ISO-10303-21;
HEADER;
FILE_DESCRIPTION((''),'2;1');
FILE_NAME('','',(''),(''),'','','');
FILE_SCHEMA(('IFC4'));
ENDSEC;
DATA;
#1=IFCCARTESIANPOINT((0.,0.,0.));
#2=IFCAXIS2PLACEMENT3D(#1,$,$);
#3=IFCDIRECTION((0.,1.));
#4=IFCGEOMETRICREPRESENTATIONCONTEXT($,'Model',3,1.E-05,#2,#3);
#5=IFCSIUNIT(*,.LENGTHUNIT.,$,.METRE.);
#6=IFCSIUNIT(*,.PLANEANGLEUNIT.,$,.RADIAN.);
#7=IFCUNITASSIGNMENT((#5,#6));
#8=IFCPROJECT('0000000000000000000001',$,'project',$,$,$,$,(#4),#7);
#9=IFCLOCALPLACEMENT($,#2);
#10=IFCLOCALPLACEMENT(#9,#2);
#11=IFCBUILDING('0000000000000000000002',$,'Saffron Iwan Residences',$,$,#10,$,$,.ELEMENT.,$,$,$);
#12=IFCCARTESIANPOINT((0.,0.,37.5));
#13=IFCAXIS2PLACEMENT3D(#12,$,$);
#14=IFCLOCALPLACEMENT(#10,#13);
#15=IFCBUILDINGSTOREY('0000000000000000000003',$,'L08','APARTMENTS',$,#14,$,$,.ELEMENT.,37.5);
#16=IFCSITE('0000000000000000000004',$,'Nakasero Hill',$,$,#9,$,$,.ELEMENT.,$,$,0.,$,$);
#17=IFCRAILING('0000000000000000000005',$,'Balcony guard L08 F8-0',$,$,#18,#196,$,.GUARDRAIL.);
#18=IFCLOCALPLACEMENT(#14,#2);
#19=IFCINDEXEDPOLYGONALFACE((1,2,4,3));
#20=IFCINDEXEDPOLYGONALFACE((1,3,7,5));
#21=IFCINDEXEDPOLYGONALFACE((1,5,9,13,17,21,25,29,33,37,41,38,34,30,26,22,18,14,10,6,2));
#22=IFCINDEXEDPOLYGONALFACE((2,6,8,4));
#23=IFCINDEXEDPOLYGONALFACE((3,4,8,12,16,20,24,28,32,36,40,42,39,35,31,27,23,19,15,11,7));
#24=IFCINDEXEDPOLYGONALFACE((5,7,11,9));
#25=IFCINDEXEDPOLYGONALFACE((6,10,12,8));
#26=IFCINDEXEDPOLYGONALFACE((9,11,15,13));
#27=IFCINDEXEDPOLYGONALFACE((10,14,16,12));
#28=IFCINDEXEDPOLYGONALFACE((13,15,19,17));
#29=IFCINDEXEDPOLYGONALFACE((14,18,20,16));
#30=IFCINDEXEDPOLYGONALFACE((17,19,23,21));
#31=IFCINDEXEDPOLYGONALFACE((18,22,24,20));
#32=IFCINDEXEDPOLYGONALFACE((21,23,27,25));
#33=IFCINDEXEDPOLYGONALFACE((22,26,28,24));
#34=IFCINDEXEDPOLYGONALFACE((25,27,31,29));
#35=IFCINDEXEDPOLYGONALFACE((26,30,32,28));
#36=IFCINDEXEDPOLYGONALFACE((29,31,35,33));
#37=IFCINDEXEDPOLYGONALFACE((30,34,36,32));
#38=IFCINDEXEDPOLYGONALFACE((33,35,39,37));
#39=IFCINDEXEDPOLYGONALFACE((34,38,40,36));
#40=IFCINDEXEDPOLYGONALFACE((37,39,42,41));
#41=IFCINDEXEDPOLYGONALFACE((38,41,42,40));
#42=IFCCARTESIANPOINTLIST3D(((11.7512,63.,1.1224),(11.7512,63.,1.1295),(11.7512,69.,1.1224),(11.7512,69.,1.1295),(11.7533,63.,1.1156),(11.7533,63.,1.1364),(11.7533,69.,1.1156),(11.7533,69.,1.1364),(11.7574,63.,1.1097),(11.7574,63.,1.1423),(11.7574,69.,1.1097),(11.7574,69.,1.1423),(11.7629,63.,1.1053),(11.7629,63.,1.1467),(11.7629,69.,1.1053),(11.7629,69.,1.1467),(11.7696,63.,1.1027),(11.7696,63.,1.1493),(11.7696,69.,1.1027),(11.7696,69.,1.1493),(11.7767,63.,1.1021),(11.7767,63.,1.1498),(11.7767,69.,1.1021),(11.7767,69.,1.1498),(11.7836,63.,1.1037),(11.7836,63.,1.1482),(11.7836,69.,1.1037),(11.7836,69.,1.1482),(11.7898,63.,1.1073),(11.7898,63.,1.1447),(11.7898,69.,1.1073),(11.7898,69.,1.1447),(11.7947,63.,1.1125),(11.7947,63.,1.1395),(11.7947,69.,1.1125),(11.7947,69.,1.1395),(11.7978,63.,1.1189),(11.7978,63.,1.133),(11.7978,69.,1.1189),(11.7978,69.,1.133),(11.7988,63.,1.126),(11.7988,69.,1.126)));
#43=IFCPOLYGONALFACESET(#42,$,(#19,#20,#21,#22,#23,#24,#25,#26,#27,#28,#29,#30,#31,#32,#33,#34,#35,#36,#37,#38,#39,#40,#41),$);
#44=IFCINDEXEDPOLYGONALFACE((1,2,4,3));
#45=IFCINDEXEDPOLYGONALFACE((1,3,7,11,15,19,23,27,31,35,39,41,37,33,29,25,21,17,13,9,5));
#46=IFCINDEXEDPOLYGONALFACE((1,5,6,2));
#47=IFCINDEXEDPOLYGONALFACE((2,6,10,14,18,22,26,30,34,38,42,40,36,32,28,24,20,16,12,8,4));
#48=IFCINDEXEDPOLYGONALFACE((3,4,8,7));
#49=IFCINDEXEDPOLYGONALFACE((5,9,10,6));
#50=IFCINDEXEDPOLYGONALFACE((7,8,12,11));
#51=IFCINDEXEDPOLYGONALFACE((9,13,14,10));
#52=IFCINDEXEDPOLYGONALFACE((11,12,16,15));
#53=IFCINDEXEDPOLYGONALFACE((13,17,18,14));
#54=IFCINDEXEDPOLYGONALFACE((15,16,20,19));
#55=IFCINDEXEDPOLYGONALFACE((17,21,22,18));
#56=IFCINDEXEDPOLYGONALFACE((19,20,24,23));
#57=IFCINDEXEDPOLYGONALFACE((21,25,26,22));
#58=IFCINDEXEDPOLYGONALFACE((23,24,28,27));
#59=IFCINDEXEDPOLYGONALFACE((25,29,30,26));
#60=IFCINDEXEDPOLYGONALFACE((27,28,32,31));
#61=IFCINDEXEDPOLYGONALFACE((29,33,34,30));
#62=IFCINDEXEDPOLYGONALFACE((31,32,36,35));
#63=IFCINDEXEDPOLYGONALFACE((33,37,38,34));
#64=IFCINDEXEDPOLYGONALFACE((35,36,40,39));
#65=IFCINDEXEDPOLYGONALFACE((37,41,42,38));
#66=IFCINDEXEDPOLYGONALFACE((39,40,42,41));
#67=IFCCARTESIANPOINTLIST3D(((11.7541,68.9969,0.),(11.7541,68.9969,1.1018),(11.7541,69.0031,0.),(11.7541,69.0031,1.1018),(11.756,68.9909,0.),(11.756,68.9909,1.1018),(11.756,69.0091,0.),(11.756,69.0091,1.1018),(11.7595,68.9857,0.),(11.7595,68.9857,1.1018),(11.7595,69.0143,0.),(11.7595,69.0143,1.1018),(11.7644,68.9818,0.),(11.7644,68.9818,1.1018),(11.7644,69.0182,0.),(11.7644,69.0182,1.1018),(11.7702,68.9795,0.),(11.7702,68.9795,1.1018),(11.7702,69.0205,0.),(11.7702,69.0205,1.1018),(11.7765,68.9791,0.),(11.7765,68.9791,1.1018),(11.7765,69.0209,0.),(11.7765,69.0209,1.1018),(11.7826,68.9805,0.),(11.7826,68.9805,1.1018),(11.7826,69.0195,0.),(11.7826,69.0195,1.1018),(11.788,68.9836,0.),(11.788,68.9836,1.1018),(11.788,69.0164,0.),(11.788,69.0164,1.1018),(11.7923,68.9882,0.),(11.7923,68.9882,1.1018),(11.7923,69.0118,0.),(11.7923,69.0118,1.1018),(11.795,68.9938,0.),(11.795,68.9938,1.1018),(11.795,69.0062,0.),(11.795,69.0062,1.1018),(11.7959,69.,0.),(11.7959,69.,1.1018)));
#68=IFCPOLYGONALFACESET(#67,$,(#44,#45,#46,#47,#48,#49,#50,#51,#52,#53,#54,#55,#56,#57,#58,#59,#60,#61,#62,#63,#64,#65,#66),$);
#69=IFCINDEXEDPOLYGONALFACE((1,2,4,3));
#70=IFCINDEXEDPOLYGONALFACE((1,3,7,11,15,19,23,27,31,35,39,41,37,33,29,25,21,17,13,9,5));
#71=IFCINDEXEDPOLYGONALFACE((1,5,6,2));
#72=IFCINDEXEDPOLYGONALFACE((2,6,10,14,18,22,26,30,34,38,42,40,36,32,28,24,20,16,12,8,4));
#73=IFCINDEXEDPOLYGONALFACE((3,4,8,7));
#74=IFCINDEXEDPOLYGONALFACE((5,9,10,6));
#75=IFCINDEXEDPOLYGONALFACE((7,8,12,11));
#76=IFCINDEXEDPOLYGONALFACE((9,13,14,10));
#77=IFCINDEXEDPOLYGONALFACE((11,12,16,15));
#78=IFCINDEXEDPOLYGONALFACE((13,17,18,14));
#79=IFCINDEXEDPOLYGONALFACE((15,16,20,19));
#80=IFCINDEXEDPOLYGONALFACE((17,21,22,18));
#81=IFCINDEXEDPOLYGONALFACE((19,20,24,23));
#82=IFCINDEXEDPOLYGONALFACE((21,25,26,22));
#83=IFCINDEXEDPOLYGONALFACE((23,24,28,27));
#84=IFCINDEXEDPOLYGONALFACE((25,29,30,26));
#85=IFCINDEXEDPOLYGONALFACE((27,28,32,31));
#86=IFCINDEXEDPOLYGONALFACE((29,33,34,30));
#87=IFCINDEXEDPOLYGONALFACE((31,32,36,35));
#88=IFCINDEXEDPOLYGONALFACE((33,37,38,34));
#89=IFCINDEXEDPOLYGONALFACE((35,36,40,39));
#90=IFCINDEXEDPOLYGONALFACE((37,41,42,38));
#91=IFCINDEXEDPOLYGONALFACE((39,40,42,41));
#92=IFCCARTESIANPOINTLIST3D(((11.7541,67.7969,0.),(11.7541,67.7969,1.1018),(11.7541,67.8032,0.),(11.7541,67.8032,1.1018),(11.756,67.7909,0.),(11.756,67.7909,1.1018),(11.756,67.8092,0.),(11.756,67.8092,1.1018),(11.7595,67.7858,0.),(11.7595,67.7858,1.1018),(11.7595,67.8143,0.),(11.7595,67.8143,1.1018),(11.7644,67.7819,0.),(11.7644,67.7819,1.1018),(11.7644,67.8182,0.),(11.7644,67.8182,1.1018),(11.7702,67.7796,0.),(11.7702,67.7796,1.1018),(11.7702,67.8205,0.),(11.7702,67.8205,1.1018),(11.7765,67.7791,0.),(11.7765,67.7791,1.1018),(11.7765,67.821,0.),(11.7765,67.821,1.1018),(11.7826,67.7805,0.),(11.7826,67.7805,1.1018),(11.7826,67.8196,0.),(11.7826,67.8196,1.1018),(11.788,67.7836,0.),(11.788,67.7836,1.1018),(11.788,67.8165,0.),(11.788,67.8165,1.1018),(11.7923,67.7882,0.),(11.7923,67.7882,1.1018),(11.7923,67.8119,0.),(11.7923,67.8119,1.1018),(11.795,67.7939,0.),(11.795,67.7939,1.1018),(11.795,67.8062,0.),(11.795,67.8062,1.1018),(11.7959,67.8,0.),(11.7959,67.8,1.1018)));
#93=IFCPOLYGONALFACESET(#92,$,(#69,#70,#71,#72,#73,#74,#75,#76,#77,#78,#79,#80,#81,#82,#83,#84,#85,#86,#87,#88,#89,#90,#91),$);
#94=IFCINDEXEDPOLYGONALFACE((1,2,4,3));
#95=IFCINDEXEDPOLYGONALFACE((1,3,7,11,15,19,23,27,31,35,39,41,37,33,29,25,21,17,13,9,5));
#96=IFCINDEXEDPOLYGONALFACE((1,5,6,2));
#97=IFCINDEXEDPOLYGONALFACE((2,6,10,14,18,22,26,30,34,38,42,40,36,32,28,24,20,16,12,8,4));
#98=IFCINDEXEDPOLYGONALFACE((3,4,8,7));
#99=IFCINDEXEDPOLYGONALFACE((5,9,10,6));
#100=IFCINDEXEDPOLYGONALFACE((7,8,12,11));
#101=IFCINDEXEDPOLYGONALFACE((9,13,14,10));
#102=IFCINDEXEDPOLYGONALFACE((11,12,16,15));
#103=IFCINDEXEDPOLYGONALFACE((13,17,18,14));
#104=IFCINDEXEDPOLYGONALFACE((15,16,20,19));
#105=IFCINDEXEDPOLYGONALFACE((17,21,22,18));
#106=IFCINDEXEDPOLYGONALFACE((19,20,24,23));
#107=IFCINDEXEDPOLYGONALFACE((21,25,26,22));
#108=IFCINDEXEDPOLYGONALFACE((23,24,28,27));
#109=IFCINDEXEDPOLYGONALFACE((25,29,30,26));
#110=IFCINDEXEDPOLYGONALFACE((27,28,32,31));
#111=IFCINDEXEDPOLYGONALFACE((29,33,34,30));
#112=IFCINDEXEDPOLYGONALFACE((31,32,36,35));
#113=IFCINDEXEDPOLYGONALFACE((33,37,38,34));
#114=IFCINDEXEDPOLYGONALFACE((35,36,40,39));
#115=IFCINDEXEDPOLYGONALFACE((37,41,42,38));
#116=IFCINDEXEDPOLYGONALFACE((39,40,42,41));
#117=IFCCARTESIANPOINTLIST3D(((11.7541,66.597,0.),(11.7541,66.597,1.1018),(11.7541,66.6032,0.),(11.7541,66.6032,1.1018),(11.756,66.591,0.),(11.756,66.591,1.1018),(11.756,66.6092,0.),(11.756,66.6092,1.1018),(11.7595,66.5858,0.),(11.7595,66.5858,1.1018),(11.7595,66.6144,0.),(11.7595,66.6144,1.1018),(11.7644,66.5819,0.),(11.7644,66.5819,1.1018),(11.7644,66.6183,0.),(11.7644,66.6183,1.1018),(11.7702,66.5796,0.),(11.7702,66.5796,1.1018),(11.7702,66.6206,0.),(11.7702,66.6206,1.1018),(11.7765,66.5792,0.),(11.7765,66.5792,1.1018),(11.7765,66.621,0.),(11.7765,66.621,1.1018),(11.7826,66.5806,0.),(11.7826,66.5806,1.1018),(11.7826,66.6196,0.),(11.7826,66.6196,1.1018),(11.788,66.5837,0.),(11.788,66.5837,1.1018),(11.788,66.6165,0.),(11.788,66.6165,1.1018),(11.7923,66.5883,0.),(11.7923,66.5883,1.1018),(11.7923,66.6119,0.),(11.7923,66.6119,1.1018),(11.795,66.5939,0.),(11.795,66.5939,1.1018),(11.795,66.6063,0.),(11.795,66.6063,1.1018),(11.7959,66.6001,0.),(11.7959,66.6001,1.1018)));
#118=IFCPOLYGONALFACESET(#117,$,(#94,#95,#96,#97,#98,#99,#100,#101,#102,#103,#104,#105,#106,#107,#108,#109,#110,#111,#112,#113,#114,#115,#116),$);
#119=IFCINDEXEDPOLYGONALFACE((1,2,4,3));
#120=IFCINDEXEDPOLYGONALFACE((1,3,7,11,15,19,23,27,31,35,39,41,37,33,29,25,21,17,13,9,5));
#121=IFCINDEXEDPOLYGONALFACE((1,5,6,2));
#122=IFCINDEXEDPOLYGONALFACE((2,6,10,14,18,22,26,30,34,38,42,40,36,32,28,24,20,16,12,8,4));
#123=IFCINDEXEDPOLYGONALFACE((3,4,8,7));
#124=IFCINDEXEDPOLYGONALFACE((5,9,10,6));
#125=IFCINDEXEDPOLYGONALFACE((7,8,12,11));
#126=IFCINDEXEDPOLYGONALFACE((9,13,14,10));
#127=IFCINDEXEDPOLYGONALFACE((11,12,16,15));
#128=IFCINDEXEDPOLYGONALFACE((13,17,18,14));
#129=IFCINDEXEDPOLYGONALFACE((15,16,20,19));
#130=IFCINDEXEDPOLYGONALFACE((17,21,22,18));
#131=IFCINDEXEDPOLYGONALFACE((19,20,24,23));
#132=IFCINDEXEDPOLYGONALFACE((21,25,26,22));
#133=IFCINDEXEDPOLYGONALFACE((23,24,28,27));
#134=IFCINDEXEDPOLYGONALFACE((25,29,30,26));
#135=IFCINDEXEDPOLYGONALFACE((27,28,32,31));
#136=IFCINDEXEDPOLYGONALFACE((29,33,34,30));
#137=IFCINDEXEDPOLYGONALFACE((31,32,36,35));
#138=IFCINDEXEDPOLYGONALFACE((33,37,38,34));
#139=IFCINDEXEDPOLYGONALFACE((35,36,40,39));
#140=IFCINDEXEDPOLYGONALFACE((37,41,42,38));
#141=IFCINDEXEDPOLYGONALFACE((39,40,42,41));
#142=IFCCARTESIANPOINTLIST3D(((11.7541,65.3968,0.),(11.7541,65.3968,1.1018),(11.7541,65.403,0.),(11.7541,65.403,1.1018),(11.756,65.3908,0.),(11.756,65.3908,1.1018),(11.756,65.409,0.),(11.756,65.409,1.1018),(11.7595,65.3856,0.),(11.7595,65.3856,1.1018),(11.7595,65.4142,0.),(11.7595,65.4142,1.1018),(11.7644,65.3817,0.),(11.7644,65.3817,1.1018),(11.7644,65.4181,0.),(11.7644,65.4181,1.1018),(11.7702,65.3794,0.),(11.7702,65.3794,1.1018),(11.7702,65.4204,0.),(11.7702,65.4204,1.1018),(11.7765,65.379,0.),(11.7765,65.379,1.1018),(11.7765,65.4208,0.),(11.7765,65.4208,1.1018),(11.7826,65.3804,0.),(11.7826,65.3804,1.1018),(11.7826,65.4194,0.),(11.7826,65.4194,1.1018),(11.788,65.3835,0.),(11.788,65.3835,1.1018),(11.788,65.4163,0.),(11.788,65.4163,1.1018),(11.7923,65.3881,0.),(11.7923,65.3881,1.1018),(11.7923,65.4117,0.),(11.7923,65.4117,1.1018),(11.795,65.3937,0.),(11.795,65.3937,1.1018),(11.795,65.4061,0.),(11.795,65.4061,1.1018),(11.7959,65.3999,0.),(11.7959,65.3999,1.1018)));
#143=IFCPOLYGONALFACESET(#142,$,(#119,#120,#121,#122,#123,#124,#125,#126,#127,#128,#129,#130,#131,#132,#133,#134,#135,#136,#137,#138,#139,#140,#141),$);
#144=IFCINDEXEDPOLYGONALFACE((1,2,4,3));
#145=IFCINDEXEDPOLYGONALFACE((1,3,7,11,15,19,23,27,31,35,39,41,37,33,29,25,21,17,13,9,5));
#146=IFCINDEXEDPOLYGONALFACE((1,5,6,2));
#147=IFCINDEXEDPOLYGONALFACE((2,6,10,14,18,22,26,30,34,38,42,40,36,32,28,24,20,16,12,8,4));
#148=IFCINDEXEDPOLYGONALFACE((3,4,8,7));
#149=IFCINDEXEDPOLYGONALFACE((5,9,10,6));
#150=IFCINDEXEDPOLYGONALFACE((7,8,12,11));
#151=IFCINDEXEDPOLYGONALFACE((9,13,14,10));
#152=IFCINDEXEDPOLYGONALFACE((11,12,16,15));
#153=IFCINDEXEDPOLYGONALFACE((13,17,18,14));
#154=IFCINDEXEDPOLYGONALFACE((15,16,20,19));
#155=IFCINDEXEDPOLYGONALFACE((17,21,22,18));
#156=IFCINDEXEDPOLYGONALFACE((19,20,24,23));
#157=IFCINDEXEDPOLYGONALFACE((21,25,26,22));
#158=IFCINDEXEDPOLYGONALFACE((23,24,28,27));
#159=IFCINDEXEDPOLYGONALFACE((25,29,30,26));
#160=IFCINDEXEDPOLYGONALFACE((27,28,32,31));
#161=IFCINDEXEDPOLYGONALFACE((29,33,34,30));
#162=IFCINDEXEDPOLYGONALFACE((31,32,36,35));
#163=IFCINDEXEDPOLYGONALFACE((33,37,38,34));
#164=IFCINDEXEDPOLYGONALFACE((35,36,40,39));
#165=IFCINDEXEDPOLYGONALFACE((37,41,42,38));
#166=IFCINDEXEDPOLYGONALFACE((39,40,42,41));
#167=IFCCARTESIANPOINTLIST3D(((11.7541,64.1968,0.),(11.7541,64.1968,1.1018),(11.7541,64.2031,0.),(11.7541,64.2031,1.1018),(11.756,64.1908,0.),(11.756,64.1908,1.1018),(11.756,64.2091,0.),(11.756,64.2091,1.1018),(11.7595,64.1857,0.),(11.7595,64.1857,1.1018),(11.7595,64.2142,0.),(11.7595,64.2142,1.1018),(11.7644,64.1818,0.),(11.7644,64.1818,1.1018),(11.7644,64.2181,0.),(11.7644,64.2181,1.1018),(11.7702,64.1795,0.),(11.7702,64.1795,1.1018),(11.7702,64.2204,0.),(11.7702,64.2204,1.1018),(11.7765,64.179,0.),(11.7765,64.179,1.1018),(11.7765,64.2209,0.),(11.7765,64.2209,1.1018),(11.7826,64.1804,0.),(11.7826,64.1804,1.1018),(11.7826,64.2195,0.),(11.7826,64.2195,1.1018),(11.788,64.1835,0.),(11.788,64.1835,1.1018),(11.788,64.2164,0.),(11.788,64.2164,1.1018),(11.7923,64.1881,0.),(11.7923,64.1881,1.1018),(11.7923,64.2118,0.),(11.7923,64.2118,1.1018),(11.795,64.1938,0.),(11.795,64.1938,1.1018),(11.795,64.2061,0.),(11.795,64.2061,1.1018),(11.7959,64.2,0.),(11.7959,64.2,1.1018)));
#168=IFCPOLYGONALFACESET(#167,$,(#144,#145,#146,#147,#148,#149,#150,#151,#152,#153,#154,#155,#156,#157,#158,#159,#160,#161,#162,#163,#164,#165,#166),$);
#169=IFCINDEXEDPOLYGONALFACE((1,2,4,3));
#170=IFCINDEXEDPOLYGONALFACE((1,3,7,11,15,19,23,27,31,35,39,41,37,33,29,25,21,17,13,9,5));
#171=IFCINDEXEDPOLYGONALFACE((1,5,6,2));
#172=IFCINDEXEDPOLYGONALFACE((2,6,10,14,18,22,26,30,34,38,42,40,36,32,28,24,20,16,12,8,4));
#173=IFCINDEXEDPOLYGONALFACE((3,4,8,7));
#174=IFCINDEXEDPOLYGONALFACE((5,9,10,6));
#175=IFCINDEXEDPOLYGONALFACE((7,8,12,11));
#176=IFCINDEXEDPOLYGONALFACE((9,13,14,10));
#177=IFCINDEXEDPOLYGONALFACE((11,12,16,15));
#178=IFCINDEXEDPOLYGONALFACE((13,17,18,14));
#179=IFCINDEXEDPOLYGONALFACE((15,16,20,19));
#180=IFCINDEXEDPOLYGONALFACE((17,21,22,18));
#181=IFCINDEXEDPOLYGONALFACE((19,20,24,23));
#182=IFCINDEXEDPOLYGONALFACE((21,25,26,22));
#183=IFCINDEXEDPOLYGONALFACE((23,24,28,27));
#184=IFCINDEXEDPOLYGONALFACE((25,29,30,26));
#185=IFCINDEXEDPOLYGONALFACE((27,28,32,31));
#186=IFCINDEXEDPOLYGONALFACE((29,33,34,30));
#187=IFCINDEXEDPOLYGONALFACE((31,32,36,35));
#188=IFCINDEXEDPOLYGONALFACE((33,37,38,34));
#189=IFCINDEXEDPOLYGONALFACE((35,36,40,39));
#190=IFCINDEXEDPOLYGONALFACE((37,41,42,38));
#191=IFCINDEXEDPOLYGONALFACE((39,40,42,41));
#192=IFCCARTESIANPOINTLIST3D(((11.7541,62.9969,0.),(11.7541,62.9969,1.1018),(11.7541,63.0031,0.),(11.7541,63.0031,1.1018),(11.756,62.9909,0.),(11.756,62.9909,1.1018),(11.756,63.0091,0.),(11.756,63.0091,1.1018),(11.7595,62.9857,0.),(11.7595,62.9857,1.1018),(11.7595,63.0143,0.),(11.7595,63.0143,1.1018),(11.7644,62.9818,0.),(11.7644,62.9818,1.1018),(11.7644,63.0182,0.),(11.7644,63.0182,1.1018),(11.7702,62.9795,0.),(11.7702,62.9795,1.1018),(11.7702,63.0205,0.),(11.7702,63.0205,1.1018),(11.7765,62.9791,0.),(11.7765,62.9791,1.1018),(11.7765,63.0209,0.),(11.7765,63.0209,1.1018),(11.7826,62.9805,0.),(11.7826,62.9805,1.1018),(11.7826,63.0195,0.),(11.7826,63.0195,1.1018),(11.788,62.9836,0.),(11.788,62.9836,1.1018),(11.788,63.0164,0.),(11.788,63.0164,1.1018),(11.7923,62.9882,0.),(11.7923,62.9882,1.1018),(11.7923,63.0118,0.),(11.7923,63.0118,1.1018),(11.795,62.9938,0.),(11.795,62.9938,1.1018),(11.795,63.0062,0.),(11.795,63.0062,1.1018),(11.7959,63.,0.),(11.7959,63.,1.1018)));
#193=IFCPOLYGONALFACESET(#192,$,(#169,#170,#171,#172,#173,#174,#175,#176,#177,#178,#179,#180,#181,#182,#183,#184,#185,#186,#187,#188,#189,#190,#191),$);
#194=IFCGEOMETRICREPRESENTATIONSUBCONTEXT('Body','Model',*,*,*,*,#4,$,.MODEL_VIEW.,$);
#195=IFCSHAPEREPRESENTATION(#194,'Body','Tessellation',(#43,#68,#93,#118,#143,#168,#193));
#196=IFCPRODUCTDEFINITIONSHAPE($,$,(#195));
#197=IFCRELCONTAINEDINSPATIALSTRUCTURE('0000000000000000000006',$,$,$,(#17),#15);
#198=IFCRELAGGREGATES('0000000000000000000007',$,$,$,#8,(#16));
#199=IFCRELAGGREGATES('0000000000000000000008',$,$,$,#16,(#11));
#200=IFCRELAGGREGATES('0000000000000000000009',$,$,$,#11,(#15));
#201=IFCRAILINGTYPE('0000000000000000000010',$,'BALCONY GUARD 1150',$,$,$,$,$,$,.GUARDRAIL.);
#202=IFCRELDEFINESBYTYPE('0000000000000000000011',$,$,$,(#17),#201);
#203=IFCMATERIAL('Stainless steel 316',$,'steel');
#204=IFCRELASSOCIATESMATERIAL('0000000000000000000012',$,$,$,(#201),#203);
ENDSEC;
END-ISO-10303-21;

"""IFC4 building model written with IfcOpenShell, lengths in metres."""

from ifc_helpers import new_model, si_unit, direction, frame, origin, origin_2d, place, context, subcontext, project, spatial, circle, extrude, material, type_object, element, save


model = new_model("IFC4")

# Units and contexts
model_context = context("Model", 3, precision=1e-05, world=origin(), true_north=direction((0.0, 1.0)))
body_context = subcontext(model_context, "Body", "Model", "MODEL_VIEW")
ifc_project = project(units=[si_unit("LENGTHUNIT", "METRE"), si_unit("PLANEANGLEUNIT", "RADIAN")], contexts=[model_context])

# Site, building, storey
site_placement = place(None, origin())
site = spatial("IfcSite", under=ifc_project, at=site_placement, Name="Nakasero Hill", CompositionType="ELEMENT", RefElevation=0.0)
building_placement = place(site_placement, origin())
building = spatial("IfcBuilding", under=site, at=building_placement, Name="Saffron Iwan Residences", CompositionType="ELEMENT")
storey_placement = place(building_placement, frame((0.0, 0.0, 37.5)))
storey = spatial("IfcBuildingStorey", under=building, at=storey_placement, Name="L08", Description="APARTMENTS", CompositionType="ELEMENT", Elevation=37.5)

# Railing
ifc_material_1 = material(Name="Stainless steel 316", Category="steel")
railing_type = type_object("IfcRailingType", Name="BALCONY GUARD 1150", PredefinedType="GUARDRAIL", material=ifc_material_1)
railing_placement = place(storey_placement, frame((11.7749, 69.0, 0.0)))
element("IfcRailing", 1, at=railing_placement, inside=storey, type_object=railing_type, Name="Balcony guard L08 F8-0", PredefinedType="GUARDRAIL", context=body_context, shape_type="SweptSolid", body=[
    extrude(circle(Radius=0.0239, at=origin_2d()), frame((0.0, 0.0, 1.126), z_axis=(0.0, -1.0, 0.0), x_axis=(1.0, 0.0, 0.0)), (0.0, 0.0, 1.0), 6.0),
    extrude(circle(Radius=0.021, at=origin_2d()), origin(), (0.0, 0.0, 1.0), 1.1018),
    extrude(circle(Radius=0.021, at=origin_2d()), frame((0.0, -1.2, 0.0)), (0.0, 0.0, 1.0), 1.1018),
    extrude(circle(Radius=0.021, at=origin_2d()), frame((0.0, -2.3999, 0.0)), (0.0, 0.0, 1.0), 1.1018),
    extrude(circle(Radius=0.021, at=origin_2d()), frame((0.0, -3.6001, 0.0)), (0.0, 0.0, 1.0), 1.1018),
    extrude(circle(Radius=0.021, at=origin_2d()), frame((0.0, -4.8, 0.0)), (0.0, 0.0, 1.0), 1.1018),
    extrude(circle(Radius=0.021, at=origin_2d()), frame((0.0, -6.0, 0.0)), (0.0, 0.0, 1.0), 1.1018),
])

save(model, "model.ifc")
